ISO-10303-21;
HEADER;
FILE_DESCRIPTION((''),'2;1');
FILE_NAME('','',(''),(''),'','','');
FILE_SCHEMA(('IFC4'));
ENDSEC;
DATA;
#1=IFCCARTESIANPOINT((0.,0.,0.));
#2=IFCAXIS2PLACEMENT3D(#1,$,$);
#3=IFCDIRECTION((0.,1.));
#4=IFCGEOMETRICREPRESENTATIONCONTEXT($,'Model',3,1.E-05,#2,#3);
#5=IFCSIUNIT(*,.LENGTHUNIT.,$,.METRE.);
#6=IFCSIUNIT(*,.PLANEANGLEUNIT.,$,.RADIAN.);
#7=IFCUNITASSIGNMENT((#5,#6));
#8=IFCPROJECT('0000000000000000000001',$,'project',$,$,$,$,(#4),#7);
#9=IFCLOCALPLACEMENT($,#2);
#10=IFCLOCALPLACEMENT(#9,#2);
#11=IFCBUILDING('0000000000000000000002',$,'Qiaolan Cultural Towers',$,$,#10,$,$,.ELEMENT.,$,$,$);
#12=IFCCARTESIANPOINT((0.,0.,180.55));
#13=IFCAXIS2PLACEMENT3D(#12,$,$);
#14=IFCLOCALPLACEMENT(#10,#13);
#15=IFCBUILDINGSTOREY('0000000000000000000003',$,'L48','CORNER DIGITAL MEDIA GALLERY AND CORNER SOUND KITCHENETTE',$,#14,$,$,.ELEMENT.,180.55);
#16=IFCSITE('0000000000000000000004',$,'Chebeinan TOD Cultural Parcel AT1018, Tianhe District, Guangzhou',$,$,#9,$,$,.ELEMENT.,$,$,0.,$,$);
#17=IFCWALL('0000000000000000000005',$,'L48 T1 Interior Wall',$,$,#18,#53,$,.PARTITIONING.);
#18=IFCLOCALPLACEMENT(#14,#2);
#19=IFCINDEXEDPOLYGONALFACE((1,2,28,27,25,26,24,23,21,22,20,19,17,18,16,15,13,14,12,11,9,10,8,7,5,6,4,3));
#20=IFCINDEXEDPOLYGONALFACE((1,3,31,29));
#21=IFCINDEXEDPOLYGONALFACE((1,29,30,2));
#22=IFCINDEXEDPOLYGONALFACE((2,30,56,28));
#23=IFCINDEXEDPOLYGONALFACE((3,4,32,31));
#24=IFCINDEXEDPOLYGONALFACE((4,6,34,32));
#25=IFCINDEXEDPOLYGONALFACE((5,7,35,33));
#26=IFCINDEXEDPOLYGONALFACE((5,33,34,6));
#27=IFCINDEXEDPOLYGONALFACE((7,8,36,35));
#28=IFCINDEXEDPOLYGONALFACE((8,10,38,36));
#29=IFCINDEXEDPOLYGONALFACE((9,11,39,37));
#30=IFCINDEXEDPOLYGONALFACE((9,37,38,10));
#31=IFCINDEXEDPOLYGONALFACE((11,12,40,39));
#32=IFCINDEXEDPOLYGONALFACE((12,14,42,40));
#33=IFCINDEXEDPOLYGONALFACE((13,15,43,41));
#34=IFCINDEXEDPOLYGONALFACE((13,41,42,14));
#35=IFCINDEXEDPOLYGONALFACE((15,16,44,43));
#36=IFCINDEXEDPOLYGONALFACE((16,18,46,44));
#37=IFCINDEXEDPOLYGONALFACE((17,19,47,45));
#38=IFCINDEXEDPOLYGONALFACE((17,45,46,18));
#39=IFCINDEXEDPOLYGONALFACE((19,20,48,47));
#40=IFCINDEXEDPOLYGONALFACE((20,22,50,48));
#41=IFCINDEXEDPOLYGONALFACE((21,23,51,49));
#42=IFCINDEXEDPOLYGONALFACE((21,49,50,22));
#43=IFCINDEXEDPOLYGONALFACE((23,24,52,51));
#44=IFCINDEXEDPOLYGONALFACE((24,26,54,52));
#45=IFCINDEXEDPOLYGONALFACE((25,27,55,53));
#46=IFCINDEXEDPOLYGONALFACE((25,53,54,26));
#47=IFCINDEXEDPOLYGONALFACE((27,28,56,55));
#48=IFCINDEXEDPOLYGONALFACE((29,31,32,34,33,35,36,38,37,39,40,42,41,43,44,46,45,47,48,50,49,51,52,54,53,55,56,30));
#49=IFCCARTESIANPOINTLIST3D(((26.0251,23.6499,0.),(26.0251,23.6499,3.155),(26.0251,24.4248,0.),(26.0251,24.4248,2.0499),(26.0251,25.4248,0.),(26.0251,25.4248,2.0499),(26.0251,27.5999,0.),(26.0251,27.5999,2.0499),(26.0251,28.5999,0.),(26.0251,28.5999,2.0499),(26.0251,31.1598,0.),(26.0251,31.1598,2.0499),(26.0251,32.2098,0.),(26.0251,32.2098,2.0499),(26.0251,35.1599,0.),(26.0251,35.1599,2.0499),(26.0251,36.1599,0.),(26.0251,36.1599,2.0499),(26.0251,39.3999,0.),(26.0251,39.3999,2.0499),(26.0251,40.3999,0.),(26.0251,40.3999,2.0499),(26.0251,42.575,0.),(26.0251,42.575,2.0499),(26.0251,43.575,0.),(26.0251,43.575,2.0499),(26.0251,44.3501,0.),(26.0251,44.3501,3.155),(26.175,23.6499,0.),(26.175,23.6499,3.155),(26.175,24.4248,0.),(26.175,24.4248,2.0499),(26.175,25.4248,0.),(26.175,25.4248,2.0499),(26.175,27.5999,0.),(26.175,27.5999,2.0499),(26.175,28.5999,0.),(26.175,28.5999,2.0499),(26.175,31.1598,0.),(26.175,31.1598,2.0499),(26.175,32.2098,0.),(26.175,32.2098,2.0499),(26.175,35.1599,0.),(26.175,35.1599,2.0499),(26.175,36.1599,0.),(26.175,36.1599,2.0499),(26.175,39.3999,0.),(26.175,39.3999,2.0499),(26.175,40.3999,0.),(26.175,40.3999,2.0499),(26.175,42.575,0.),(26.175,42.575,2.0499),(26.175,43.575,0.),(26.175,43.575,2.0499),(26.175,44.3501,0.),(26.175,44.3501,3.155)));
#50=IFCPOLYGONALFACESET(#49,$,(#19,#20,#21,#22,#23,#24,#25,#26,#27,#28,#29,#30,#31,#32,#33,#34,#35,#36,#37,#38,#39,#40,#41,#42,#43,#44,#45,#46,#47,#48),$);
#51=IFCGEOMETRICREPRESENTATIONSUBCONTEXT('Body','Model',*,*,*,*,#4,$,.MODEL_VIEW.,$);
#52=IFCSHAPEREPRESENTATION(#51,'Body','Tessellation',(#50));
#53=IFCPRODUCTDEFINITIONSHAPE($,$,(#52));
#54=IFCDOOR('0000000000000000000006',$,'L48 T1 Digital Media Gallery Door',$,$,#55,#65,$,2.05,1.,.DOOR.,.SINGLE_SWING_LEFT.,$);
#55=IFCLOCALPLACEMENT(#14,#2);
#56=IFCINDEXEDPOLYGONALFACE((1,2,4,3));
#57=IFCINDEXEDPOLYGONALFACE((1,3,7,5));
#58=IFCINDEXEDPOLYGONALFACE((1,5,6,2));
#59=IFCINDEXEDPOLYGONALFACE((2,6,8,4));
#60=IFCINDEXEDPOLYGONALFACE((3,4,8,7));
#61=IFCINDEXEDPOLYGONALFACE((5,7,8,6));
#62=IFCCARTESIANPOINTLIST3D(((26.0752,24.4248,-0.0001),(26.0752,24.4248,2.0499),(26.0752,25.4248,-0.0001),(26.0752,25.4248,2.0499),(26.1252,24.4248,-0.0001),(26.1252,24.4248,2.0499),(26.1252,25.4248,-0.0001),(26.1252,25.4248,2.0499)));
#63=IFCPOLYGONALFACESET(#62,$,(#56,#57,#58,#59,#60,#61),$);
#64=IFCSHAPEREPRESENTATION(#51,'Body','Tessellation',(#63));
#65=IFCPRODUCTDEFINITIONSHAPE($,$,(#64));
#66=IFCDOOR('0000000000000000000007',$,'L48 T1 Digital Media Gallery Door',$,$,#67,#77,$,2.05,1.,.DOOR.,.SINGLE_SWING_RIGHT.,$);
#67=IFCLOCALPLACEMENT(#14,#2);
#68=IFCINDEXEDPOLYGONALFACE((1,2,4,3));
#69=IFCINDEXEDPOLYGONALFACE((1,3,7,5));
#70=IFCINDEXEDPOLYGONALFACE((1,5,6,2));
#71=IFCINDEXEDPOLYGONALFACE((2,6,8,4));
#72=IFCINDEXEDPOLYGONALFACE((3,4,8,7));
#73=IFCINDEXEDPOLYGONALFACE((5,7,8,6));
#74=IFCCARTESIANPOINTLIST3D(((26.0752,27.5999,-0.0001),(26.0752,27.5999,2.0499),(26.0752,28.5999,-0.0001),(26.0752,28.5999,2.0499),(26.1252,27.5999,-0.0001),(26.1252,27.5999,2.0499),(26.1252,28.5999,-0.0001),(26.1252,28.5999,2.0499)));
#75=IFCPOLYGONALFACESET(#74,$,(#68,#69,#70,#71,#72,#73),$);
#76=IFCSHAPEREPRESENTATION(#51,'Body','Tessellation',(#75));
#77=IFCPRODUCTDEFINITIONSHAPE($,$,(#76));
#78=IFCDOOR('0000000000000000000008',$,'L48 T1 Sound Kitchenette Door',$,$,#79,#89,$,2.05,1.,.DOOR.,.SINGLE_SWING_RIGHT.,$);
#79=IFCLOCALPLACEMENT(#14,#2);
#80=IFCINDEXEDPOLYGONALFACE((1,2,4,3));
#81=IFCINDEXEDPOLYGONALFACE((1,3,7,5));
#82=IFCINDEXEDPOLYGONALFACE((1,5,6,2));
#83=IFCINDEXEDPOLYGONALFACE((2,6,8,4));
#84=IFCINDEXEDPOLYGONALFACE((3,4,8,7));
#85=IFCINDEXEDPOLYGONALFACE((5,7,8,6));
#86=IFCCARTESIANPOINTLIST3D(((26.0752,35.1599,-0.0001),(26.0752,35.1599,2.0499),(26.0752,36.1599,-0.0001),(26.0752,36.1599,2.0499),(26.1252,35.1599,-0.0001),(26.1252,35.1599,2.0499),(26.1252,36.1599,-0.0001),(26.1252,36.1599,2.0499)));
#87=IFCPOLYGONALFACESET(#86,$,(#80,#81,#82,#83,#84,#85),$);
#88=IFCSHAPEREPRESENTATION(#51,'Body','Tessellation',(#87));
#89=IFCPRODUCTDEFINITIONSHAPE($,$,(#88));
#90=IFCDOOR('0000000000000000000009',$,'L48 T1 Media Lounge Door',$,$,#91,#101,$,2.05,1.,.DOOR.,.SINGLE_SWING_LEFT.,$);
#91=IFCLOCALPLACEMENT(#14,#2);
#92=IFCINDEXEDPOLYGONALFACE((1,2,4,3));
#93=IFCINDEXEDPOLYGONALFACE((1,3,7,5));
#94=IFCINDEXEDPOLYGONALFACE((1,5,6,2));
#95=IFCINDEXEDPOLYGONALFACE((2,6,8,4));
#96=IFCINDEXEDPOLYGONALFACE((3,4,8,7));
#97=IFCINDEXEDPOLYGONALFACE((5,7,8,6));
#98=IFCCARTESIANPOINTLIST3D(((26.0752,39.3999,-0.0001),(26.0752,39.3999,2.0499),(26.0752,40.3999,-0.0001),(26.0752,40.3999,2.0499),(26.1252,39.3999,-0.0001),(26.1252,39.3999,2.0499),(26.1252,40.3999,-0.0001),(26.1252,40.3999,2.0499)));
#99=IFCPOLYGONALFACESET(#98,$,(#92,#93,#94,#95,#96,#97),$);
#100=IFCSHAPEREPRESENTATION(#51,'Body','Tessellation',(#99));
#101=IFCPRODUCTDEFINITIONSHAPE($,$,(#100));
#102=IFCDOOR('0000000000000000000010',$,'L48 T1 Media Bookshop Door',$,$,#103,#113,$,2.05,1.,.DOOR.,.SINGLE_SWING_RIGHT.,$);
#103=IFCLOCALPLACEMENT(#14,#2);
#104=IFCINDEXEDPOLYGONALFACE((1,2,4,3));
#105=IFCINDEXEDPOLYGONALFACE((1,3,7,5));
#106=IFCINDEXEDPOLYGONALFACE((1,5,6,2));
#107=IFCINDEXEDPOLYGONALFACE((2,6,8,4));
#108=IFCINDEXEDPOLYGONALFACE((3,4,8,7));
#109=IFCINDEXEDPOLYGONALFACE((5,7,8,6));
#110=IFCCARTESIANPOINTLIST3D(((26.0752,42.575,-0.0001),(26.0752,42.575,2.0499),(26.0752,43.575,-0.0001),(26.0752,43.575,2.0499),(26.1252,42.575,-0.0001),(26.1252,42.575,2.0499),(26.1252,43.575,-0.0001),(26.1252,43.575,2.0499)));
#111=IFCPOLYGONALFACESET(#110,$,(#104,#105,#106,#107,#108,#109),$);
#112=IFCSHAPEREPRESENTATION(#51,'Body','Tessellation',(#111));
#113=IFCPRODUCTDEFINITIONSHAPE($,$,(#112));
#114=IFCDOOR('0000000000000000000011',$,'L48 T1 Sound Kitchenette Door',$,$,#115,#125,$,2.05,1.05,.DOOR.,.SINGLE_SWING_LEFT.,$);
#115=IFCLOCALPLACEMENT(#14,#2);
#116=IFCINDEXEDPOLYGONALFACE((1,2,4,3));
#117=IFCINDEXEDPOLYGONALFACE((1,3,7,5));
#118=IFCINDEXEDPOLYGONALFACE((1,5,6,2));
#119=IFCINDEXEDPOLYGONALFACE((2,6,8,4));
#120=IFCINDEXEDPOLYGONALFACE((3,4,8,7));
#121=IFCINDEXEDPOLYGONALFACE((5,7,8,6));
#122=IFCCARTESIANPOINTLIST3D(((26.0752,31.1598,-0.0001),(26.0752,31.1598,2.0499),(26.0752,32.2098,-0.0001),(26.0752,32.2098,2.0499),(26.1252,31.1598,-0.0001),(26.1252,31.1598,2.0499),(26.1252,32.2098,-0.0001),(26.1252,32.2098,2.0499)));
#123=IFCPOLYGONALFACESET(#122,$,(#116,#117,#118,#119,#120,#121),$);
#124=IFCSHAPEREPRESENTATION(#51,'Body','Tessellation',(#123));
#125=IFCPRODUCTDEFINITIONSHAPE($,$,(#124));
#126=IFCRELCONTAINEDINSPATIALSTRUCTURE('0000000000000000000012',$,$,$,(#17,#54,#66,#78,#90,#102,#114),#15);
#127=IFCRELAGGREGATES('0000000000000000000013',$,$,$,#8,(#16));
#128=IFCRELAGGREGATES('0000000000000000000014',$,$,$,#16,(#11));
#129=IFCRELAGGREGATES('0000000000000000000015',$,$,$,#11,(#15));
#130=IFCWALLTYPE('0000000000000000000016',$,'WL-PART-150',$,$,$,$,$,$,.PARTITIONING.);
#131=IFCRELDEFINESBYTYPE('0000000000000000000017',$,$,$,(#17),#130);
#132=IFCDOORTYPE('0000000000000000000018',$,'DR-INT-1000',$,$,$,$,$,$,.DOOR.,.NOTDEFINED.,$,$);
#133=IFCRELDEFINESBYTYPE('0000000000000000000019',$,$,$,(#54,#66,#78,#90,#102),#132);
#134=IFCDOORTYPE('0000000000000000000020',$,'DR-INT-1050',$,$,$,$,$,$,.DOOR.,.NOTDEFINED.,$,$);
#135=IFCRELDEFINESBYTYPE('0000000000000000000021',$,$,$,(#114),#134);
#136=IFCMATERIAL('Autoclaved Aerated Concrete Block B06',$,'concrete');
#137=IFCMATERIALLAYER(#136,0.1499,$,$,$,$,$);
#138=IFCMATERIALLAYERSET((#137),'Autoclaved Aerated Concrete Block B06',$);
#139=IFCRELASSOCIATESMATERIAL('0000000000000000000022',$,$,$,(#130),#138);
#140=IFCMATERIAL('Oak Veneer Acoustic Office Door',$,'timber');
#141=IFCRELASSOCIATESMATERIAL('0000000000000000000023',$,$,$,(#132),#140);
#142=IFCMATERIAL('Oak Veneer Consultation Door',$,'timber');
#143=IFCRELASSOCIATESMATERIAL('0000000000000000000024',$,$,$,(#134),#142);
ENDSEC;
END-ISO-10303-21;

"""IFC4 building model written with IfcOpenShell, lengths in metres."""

from ifc_helpers import new_model, si_unit, direction, frame, frame_2d, origin, place, context, subcontext, project, spatial, rectangle, extrude, material, layer, layer_set, type_object, element, fill, save


model = new_model("IFC4")

# Units and contexts
model_context = context("Model", 3, precision=1e-05, world=origin(), true_north=direction((0.0, 1.0)))
body_context = subcontext(model_context, "Body", "Model", "MODEL_VIEW")
ifc_project = project(units=[si_unit("LENGTHUNIT", "METRE"), si_unit("PLANEANGLEUNIT", "RADIAN")], contexts=[model_context])

# Site, building, storey
site_placement = place(None, origin())
site = spatial("IfcSite", under=ifc_project, at=site_placement, Name="Chebeinan TOD Cultural Parcel AT1018, Tianhe District, Guangzhou", CompositionType="ELEMENT", RefElevation=0.0)
building_placement = place(site_placement, origin())
building = spatial("IfcBuilding", under=site, at=building_placement, Name="Qiaolan Cultural Towers", CompositionType="ELEMENT")
storey_placement = place(building_placement, frame((0.0, 0.0, 180.55)))
storey = spatial("IfcBuildingStorey", under=building, at=storey_placement, Name="L48", Description="CORNER DIGITAL MEDIA GALLERY AND CORNER SOUND KITCHENETTE", CompositionType="ELEMENT", Elevation=180.55)

# Shared definitions
ifc_material_1 = material(Name="Autoclaved Aerated Concrete Block B06", Category="concrete")
ifc_layer_1 = layer(ifc_material_1, 0.1499)
ifc_layer_set_1 = layer_set([ifc_layer_1], Name="Autoclaved Aerated Concrete Block B06")
wall_type_1 = type_object("IfcWallType", Name="WL-PART-150", PredefinedType="PARTITIONING", material=ifc_layer_set_1)
ifc_material_2 = material(Name="Oak Veneer Acoustic Office Door", Category="timber")
door_type_1 = type_object("IfcDoorType", Name="DR-INT-1000", OperationType="NOTDEFINED", PredefinedType="DOOR", material=ifc_material_2)

# Wall, openings, doors
wall_1_placement = place(storey_placement, frame((26.1001, 23.6499, 0.0), z_axis=(0.0, 0.0, 1.0), x_axis=(0.0, 1.0, 0.0)))
wall_1 = element("IfcWall", 1, at=wall_1_placement, inside=storey, type_object=wall_type_1, Name="L48 T1 Interior Wall", PredefinedType="PARTITIONING", context=body_context, shape_type="SweptSolid", body=[
    extrude(rectangle(XDim=20.7002, YDim=0.1499, at=frame_2d((10.3501, 0.0))), origin(), (0.0, 0.0, 1.0), 3.155),
])
opening_1_placement = place(wall_1_placement, frame((0.7749, 0.0, 0.0)))
opening_1 = element("IfcOpeningElement", 2, at=opening_1_placement, cuts=wall_1, PredefinedType="OPENING", context=body_context, shape_type="SweptSolid", body=[
    extrude(rectangle(XDim=1.0, YDim=2.05, at=frame_2d((0.5, 1.0249))), frame((0.0, 0.085, 0.0), z_axis=(0.0, -1.0, 0.0), x_axis=(1.0, 0.0, 0.0)), (0.0, 0.0, 1.0), 0.1699),
])
opening_2_placement = place(wall_1_placement, frame((3.95, 0.0, 0.0)))
opening_2 = element("IfcOpeningElement", 3, at=opening_2_placement, cuts=wall_1, PredefinedType="OPENING", context=body_context, shape_type="SweptSolid", body=[
    extrude(rectangle(XDim=1.0, YDim=2.05, at=frame_2d((0.5, 1.0249))), frame((0.0, 0.085, 0.0), z_axis=(0.0, -1.0, 0.0), x_axis=(1.0, 0.0, 0.0)), (0.0, 0.0, 1.0), 0.1699),
])
opening_3_placement = place(wall_1_placement, frame((7.51, 0.0, 0.0)))
opening_3 = element("IfcOpeningElement", 4, at=opening_3_placement, cuts=wall_1, PredefinedType="OPENING", context=body_context, shape_type="SweptSolid", body=[
    extrude(rectangle(XDim=1.05, YDim=2.05, at=frame_2d((0.5249, 1.0249))), frame((0.0, 0.085, 0.0), z_axis=(0.0, -1.0, 0.0), x_axis=(1.0, 0.0, 0.0)), (0.0, 0.0, 1.0), 0.1699),
])
opening_4_placement = place(wall_1_placement, frame((11.51, 0.0, 0.0)))
opening_4 = element("IfcOpeningElement", 5, at=opening_4_placement, cuts=wall_1, PredefinedType="OPENING", context=body_context, shape_type="SweptSolid", body=[
    extrude(rectangle(XDim=1.0, YDim=2.05, at=frame_2d((0.5, 1.0249))), frame((0.0, 0.085, 0.0), z_axis=(0.0, -1.0, 0.0), x_axis=(1.0, 0.0, 0.0)), (0.0, 0.0, 1.0), 0.1699),
])
opening_5_placement = place(wall_1_placement, frame((15.75, 0.0, 0.0)))
opening_5 = element("IfcOpeningElement", 6, at=opening_5_placement, cuts=wall_1, PredefinedType="OPENING", context=body_context, shape_type="SweptSolid", body=[
    extrude(rectangle(XDim=1.0, YDim=2.05, at=frame_2d((0.5, 1.0249))), frame((0.0, 0.085, 0.0), z_axis=(0.0, -1.0, 0.0), x_axis=(1.0, 0.0, 0.0)), (0.0, 0.0, 1.0), 0.1699),
])
opening_6_placement = place(wall_1_placement, frame((18.925, 0.0, 0.0)))
opening_6 = element("IfcOpeningElement", 7, at=opening_6_placement, cuts=wall_1, PredefinedType="OPENING", context=body_context, shape_type="SweptSolid", body=[
    extrude(rectangle(XDim=1.0, YDim=2.05, at=frame_2d((0.5, 1.0249))), frame((0.0, 0.085, 0.0), z_axis=(0.0, -1.0, 0.0), x_axis=(1.0, 0.0, 0.0)), (0.0, 0.0, 1.0), 0.1699),
])
door_1_placement = place(opening_1_placement, origin())
door_1 = element("IfcDoor", 8, at=door_1_placement, inside=storey, type_object=door_type_1, Name="L48 T1 Digital Media Gallery Door", OperationType="SINGLE_SWING_LEFT", OverallHeight=2.05, OverallWidth=1.0, PredefinedType="DOOR", context=body_context, shape_type="SweptSolid", body=[
    extrude(rectangle(XDim=1.0, YDim=2.05, at=frame_2d((0.5, 1.0249))), frame((0.0, 0.0249, 0.0), z_axis=(0.0, -1.0, 0.0), x_axis=(1.0, 0.0, 0.0)), (0.0, 0.0, 1.0), 0.05),
])
fill(opening_1, door_1)
door_2_placement = place(opening_2_placement, origin())
door_2 = element("IfcDoor", 9, at=door_2_placement, inside=storey, type_object=door_type_1, Name="L48 T1 Digital Media Gallery Door", OperationType="SINGLE_SWING_RIGHT", OverallHeight=2.05, OverallWidth=1.0, PredefinedType="DOOR", context=body_context, shape_type="SweptSolid", body=[
    extrude(rectangle(XDim=1.0, YDim=2.05, at=frame_2d((0.5, 1.0249))), frame((0.0, 0.0249, 0.0), z_axis=(0.0, -1.0, 0.0), x_axis=(1.0, 0.0, 0.0)), (0.0, 0.0, 1.0), 0.05),
])
fill(opening_2, door_2)
door_3_placement = place(opening_4_placement, origin())
door_3 = element("IfcDoor", 10, at=door_3_placement, inside=storey, type_object=door_type_1, Name="L48 T1 Sound Kitchenette Door", OperationType="SINGLE_SWING_RIGHT", OverallHeight=2.05, OverallWidth=1.0, PredefinedType="DOOR", context=body_context, shape_type="SweptSolid", body=[
    extrude(rectangle(XDim=1.0, YDim=2.05, at=frame_2d((0.5, 1.0249))), frame((0.0, 0.0249, 0.0), z_axis=(0.0, -1.0, 0.0), x_axis=(1.0, 0.0, 0.0)), (0.0, 0.0, 1.0), 0.05),
])
fill(opening_4, door_3)
door_4_placement = place(opening_5_placement, origin())
door_4 = element("IfcDoor", 11, at=door_4_placement, inside=storey, type_object=door_type_1, Name="L48 T1 Media Lounge Door", OperationType="SINGLE_SWING_LEFT", OverallHeight=2.05, OverallWidth=1.0, PredefinedType="DOOR", context=body_context, shape_type="SweptSolid", body=[
    extrude(rectangle(XDim=1.0, YDim=2.05, at=frame_2d((0.5, 1.0249))), frame((0.0, 0.0249, 0.0), z_axis=(0.0, -1.0, 0.0), x_axis=(1.0, 0.0, 0.0)), (0.0, 0.0, 1.0), 0.05),
])
fill(opening_5, door_4)
door_5_placement = place(opening_6_placement, origin())
door_5 = element("IfcDoor", 12, at=door_5_placement, inside=storey, type_object=door_type_1, Name="L48 T1 Media Bookshop Door", OperationType="SINGLE_SWING_RIGHT", OverallHeight=2.05, OverallWidth=1.0, PredefinedType="DOOR", context=body_context, shape_type="SweptSolid", body=[
    extrude(rectangle(XDim=1.0, YDim=2.05, at=frame_2d((0.5, 1.0249))), frame((0.0, 0.0249, 0.0), z_axis=(0.0, -1.0, 0.0), x_axis=(1.0, 0.0, 0.0)), (0.0, 0.0, 1.0), 0.05),
])
fill(opening_6, door_5)
ifc_material_3 = material(Name="Oak Veneer Consultation Door", Category="timber")
door_type_2 = type_object("IfcDoorType", Name="DR-INT-1050", OperationType="NOTDEFINED", PredefinedType="DOOR", material=ifc_material_3)
door_6_placement = place(opening_3_placement, origin())
door_6 = element("IfcDoor", 13, at=door_6_placement, inside=storey, type_object=door_type_2, Name="L48 T1 Sound Kitchenette Door", OperationType="SINGLE_SWING_LEFT", OverallHeight=2.05, OverallWidth=1.05, PredefinedType="DOOR", context=body_context, shape_type="SweptSolid", body=[
    extrude(rectangle(XDim=1.05, YDim=2.05, at=frame_2d((0.5249, 1.0249))), frame((0.0, 0.0249, 0.0), z_axis=(0.0, -1.0, 0.0), x_axis=(1.0, 0.0, 0.0)), (0.0, 0.0, 1.0), 0.05),
])
fill(opening_3, door_6)

save(model, "model.ifc")
